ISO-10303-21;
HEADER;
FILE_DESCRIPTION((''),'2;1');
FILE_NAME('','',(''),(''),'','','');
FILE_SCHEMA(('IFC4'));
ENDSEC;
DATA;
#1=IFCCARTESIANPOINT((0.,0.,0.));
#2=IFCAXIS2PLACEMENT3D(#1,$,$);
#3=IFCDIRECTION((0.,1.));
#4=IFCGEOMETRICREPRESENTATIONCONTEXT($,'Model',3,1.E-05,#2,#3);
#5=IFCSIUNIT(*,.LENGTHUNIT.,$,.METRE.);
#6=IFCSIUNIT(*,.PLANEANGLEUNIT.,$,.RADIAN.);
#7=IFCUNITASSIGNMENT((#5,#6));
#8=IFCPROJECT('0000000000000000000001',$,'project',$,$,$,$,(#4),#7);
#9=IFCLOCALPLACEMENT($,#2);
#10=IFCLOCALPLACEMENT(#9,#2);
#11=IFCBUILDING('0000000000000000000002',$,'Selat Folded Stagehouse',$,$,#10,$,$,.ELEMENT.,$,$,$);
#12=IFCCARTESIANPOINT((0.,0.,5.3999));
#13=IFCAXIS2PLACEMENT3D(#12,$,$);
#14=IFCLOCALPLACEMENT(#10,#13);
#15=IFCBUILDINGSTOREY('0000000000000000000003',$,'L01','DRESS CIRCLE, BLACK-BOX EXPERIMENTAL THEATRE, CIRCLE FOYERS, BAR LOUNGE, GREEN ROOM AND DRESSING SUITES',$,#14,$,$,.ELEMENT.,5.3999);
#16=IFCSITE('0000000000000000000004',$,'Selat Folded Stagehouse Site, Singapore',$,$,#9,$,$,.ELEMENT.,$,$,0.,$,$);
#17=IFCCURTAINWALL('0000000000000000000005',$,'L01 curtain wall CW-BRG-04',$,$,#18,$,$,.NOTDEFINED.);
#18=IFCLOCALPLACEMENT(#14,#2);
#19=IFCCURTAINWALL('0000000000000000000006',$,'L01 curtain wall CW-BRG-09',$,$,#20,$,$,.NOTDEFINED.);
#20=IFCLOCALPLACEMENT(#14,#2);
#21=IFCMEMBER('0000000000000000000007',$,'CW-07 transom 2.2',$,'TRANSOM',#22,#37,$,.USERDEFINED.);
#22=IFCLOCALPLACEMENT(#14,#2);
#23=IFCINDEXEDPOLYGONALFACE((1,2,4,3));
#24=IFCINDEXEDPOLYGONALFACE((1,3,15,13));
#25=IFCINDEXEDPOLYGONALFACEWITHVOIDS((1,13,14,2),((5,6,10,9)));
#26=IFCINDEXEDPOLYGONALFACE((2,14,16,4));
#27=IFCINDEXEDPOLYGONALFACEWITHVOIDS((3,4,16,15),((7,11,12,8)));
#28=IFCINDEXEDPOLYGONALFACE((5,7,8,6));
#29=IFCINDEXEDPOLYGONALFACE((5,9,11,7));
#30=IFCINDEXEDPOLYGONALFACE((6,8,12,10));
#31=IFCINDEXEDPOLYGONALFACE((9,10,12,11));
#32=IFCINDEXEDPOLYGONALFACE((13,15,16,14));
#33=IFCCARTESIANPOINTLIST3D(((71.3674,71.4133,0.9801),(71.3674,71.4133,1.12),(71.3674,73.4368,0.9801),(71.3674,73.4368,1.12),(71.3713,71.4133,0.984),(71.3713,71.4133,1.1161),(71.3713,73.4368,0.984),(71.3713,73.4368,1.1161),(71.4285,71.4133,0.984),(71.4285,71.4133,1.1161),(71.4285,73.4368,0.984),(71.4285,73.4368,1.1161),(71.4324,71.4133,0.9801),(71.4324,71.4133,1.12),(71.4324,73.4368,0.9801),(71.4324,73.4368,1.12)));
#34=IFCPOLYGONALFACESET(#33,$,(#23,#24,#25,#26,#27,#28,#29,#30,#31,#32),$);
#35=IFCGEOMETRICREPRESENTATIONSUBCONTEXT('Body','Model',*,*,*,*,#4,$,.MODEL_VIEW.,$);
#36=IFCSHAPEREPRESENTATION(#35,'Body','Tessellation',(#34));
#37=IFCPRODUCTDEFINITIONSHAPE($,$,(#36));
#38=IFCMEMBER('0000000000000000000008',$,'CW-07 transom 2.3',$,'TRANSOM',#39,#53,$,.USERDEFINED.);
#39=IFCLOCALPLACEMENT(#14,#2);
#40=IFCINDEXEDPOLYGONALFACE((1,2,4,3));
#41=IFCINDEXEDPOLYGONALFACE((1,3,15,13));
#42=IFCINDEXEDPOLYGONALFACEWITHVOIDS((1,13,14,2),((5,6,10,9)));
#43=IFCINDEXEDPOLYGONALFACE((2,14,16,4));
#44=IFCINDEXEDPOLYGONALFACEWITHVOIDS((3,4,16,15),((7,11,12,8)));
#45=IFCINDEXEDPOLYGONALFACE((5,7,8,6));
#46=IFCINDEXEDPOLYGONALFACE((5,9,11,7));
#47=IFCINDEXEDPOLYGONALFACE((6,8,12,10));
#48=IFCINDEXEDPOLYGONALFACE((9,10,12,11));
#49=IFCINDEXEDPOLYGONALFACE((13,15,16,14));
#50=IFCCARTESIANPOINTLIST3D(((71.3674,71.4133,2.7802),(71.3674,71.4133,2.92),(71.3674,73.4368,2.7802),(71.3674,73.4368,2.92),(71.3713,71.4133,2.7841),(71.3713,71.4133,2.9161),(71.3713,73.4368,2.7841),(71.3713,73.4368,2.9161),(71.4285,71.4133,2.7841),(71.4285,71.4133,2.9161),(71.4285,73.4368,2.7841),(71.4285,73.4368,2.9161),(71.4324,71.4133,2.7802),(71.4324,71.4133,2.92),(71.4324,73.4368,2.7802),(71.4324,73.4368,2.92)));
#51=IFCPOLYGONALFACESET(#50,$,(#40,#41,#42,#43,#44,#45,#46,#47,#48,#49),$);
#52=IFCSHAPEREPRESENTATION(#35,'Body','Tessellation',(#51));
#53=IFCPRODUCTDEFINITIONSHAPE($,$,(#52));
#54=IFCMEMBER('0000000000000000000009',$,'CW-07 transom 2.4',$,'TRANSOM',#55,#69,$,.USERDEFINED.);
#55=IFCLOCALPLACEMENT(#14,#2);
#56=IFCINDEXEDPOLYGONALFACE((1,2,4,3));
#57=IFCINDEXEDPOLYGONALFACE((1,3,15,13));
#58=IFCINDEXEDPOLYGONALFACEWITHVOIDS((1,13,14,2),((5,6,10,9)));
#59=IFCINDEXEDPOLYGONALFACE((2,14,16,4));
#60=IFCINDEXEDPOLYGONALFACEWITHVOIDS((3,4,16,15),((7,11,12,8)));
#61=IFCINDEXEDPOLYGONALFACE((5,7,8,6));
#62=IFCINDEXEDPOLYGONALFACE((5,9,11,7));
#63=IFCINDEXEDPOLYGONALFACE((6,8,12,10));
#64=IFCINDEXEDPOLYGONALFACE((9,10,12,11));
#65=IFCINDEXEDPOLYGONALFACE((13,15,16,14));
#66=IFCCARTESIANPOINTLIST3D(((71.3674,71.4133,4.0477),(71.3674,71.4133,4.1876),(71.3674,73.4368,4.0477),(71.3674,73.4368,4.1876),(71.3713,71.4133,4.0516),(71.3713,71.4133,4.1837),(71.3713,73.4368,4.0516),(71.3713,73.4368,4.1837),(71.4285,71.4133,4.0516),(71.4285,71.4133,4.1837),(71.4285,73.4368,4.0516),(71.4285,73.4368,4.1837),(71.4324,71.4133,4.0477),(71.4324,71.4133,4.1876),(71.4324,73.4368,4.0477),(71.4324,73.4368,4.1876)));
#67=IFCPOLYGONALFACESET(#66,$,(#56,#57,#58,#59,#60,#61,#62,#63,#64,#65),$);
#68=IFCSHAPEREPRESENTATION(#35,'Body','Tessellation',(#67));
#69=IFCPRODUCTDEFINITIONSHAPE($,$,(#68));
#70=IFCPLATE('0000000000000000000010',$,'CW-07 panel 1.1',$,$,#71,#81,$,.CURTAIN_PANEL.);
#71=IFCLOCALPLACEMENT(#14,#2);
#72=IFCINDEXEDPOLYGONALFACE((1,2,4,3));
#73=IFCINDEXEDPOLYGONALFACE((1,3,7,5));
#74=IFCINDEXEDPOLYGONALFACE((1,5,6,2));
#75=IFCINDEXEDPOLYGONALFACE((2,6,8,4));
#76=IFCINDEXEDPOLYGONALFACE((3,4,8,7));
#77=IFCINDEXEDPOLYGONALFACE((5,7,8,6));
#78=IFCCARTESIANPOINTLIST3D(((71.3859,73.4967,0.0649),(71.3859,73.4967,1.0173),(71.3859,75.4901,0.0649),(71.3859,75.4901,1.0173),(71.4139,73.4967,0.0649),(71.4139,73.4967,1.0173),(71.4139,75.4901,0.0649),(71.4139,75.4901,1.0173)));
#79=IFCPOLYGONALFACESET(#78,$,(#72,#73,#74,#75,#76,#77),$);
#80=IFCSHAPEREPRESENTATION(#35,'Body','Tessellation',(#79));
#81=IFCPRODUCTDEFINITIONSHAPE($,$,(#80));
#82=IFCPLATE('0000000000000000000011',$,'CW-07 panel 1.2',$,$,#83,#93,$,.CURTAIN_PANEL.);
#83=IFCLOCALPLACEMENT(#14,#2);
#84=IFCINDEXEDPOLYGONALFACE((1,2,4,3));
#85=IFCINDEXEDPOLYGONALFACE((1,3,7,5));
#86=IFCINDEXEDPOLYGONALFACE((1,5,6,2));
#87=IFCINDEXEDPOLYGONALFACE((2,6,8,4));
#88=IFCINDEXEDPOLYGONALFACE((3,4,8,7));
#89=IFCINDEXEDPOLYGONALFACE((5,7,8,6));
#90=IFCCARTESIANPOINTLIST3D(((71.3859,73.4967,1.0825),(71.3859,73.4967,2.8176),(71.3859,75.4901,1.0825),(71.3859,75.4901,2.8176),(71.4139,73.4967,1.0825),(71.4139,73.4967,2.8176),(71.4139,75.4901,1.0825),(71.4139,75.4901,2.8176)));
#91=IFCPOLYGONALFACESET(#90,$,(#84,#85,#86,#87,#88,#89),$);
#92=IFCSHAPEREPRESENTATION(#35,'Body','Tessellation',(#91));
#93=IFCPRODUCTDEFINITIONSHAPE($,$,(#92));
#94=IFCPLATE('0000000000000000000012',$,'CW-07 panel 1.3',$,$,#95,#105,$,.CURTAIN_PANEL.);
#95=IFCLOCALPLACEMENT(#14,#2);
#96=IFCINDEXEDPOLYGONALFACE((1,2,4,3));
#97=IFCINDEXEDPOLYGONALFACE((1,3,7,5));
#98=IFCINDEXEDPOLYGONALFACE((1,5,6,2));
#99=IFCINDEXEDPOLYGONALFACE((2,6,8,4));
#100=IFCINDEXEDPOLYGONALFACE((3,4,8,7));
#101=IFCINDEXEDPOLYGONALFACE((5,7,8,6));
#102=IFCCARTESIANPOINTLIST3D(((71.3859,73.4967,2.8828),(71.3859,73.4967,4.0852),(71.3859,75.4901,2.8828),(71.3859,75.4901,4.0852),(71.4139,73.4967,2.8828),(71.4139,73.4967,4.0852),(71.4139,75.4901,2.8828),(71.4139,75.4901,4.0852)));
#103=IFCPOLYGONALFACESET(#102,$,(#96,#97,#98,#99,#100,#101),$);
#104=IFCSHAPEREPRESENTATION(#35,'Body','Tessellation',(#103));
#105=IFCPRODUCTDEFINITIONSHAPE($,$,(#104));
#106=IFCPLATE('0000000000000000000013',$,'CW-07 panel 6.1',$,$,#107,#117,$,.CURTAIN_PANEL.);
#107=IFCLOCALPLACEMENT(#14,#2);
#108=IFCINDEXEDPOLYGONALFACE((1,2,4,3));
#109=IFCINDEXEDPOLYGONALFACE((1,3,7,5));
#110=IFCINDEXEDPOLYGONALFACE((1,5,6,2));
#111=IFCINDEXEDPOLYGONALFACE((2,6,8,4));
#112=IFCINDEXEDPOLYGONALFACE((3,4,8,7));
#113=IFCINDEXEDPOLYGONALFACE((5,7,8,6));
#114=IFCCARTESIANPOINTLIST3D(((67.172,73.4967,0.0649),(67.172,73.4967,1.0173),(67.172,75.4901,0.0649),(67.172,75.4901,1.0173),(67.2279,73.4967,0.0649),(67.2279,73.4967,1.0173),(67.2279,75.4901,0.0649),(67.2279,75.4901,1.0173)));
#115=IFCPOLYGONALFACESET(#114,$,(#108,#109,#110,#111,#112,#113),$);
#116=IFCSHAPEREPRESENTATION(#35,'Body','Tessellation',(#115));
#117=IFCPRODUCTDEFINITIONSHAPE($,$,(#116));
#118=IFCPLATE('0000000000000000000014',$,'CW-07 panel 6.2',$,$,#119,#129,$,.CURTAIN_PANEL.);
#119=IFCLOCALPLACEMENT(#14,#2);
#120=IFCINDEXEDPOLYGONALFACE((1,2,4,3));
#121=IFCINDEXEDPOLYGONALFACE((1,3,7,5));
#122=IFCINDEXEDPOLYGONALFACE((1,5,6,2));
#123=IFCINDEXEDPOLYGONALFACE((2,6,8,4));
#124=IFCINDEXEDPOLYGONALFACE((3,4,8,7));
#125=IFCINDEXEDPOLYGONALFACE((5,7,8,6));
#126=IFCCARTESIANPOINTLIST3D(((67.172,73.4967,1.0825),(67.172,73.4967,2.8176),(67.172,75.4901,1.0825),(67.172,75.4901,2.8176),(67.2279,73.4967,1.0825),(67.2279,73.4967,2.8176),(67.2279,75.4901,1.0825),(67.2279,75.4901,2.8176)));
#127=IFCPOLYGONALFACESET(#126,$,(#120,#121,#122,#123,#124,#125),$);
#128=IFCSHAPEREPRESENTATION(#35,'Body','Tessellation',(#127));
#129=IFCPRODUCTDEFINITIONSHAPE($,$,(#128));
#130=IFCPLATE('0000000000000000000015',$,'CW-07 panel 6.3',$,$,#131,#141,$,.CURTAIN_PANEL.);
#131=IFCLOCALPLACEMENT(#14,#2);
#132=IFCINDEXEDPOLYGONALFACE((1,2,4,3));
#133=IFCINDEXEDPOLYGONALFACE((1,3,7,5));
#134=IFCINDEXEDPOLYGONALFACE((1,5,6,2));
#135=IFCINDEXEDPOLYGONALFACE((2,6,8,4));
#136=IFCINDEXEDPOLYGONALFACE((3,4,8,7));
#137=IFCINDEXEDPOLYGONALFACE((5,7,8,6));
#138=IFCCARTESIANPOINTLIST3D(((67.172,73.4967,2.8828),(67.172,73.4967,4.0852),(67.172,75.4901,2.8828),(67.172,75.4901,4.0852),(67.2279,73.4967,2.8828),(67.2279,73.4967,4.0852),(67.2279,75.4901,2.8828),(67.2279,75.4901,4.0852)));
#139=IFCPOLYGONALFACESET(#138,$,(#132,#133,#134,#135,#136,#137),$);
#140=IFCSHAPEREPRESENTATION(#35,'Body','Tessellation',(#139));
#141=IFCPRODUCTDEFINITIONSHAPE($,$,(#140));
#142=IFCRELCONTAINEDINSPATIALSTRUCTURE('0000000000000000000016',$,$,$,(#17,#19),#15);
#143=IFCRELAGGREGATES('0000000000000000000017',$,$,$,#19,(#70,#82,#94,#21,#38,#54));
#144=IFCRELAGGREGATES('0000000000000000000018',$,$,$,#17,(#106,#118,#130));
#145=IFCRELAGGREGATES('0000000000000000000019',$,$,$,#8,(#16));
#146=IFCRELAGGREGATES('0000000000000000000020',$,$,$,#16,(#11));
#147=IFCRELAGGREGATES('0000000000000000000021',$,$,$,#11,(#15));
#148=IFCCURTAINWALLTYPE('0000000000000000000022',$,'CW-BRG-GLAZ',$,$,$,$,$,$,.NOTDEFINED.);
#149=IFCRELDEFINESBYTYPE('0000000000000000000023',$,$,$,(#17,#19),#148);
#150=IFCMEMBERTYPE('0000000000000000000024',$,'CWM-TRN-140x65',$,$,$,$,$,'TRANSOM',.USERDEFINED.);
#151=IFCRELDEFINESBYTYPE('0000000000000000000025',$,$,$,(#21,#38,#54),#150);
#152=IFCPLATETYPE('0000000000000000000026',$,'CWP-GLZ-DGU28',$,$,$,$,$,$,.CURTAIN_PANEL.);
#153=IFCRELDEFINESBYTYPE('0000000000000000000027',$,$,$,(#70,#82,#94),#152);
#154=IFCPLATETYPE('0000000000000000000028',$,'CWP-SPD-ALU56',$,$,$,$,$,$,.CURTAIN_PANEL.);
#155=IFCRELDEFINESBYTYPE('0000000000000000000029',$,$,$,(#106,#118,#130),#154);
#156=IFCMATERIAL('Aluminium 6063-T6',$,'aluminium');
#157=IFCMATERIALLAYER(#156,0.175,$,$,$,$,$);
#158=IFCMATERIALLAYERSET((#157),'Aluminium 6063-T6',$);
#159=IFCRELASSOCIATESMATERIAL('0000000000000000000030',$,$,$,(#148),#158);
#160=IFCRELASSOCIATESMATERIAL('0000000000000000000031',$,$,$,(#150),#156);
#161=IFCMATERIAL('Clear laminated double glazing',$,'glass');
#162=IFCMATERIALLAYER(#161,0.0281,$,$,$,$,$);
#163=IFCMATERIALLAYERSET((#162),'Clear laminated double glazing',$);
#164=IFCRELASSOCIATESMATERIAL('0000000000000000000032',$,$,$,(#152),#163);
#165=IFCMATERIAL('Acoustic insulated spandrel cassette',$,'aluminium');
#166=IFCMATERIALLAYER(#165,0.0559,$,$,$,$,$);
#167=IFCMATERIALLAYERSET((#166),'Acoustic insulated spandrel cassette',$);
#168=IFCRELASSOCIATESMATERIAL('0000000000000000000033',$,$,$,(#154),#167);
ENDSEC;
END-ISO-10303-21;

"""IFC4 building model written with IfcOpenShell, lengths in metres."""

from ifc_helpers import new_model, si_unit, direction, frame, origin, origin_2d, place, context, subcontext, project, spatial, rectangle, hollow_rectangle, extrude, material, layer, layer_set, material_profile, profile_set, type_object, element, aggregate, save


model = new_model("IFC4")

# Units and contexts
model_context = context("Model", 3, precision=1e-05, world=origin(), true_north=direction((0.0, 1.0)))
body_context = subcontext(model_context, "Body", "Model", "MODEL_VIEW")
ifc_project = project(units=[si_unit("LENGTHUNIT", "METRE"), si_unit("PLANEANGLEUNIT", "RADIAN")], contexts=[model_context])

# Site, building, storey
site_placement = place(None, origin())
site = spatial("IfcSite", under=ifc_project, at=site_placement, Name="Selat Folded Stagehouse Site, Singapore", CompositionType="ELEMENT", RefElevation=0.0)
building_placement = place(site_placement, origin())
building = spatial("IfcBuilding", under=site, at=building_placement, Name="Selat Folded Stagehouse", CompositionType="ELEMENT")
storey_placement = place(building_placement, frame((0.0, 0.0, 5.3999)))
storey = spatial("IfcBuildingStorey", under=building, at=storey_placement, Name="L01", Description="DRESS CIRCLE, BLACK-BOX EXPERIMENTAL THEATRE, CIRCLE FOYERS, BAR LOUNGE, GREEN ROOM AND DRESSING SUITES", CompositionType="ELEMENT", Elevation=5.3999)

# Curtain walls
ifc_material_1 = material(Name="Aluminium 6063-T6", Category="aluminium")
ifc_layer_1 = layer(ifc_material_1, 0.175)
ifc_layer_set_1 = layer_set([ifc_layer_1], Name="Aluminium 6063-T6")
curtain_wall_type = type_object("IfcCurtainWallType", Name="CW-BRG-GLAZ", PredefinedType="NOTDEFINED", material=ifc_layer_set_1)
curtain_wall_1_placement = place(storey_placement, origin())
curtain_wall_1 = element("IfcCurtainWall", 1, at=curtain_wall_1_placement, inside=storey, type_object=curtain_wall_type, Name="L01 curtain wall CW-BRG-04", PredefinedType="NOTDEFINED")
curtain_wall_2_placement = place(storey_placement, origin())
curtain_wall_2 = element("IfcCurtainWall", 2, at=curtain_wall_2_placement, inside=storey, type_object=curtain_wall_type, Name="L01 curtain wall CW-BRG-09", PredefinedType="NOTDEFINED")

# Members
ifc_material_profile_1 = material_profile(ifc_material_1, hollow_rectangle(XDim=0.0649, YDim=0.1399, WallThickness=0.0039, at=origin_2d()), Name="ALU 140x65x4.0")
ifc_profile_set_1 = profile_set([ifc_material_profile_1], Name="Aluminium 6063-T6")
member_type_1 = type_object("IfcMemberType", Name="CWM-TRN-140x65", ElementType="TRANSOM", PredefinedType="USERDEFINED", material=ifc_profile_set_1)
member_1_placement = place(storey_placement, frame((71.3999, 73.4368, 1.05), z_axis=(0.0, -1.0, 0.0), x_axis=(1.0, 0.0, 0.0)))
member_1 = element("IfcMember", 3, at=member_1_placement, type_object=member_type_1, Name="CW-07 transom 2.2", ObjectType="TRANSOM", PredefinedType="USERDEFINED", context=body_context, shape_type="SweptSolid", body=[
    extrude(hollow_rectangle(XDim=0.0649, YDim=0.1399, WallThickness=0.0039, at=origin_2d()), origin(), (0.0, 0.0, 1.0), 2.0234),
])
member_2_placement = place(storey_placement, frame((71.3999, 73.4368, 2.8501), z_axis=(0.0, -1.0, 0.0), x_axis=(1.0, 0.0, 0.0)))
member_2 = element("IfcMember", 4, at=member_2_placement, type_object=member_type_1, Name="CW-07 transom 2.3", ObjectType="TRANSOM", PredefinedType="USERDEFINED", context=body_context, shape_type="SweptSolid", body=[
    extrude(hollow_rectangle(XDim=0.0649, YDim=0.1399, WallThickness=0.0039, at=origin_2d()), origin(), (0.0, 0.0, 1.0), 2.0234),
])
member_3_placement = place(storey_placement, frame((71.3999, 73.4368, 4.1177), z_axis=(0.0, -1.0, 0.0), x_axis=(1.0, 0.0, 0.0)))
member_3 = element("IfcMember", 5, at=member_3_placement, type_object=member_type_1, Name="CW-07 transom 2.4", ObjectType="TRANSOM", PredefinedType="USERDEFINED", context=body_context, shape_type="SweptSolid", body=[
    extrude(hollow_rectangle(XDim=0.0649, YDim=0.1399, WallThickness=0.0039, at=origin_2d()), origin(), (0.0, 0.0, 1.0), 2.0234),
])

# Plates
ifc_material_2 = material(Name="Clear laminated double glazing", Category="glass")
ifc_layer_2 = layer(ifc_material_2, 0.0281)
ifc_layer_set_2 = layer_set([ifc_layer_2], Name="Clear laminated double glazing")
plate_type_1 = type_object("IfcPlateType", Name="CWP-GLZ-DGU28", PredefinedType="CURTAIN_PANEL", material=ifc_layer_set_2)
plate_1_placement = place(storey_placement, frame((71.3999, 74.4934, 0.0649), z_axis=(0.0, 0.0, 1.0), x_axis=(0.0, -1.0, 0.0)))
plate_1 = element("IfcPlate", 6, at=plate_1_placement, type_object=plate_type_1, Name="CW-07 panel 1.1", PredefinedType="CURTAIN_PANEL", context=body_context, shape_type="SweptSolid", body=[
    extrude(rectangle(XDim=1.9934, YDim=0.0281, at=origin_2d()), origin(), (0.0, 0.0, 1.0), 0.9524),
])
plate_2_placement = place(storey_placement, frame((71.3999, 74.4934, 1.0825), z_axis=(0.0, 0.0, 1.0), x_axis=(0.0, -1.0, 0.0)))
plate_2 = element("IfcPlate", 7, at=plate_2_placement, type_object=plate_type_1, Name="CW-07 panel 1.2", PredefinedType="CURTAIN_PANEL", context=body_context, shape_type="SweptSolid", body=[
    extrude(rectangle(XDim=1.9934, YDim=0.0281, at=origin_2d()), origin(), (0.0, 0.0, 1.0), 1.7351),
])
plate_3_placement = place(storey_placement, frame((71.3999, 74.4934, 2.8828), z_axis=(0.0, 0.0, 1.0), x_axis=(0.0, -1.0, 0.0)))
plate_3 = element("IfcPlate", 8, at=plate_3_placement, type_object=plate_type_1, Name="CW-07 panel 1.3", PredefinedType="CURTAIN_PANEL", context=body_context, shape_type="SweptSolid", body=[
    extrude(rectangle(XDim=1.9934, YDim=0.0281, at=origin_2d()), origin(), (0.0, 0.0, 1.0), 1.2024),
])
aggregate(curtain_wall_2, [plate_1, plate_2, plate_3, member_1, member_2, member_3])
ifc_material_3 = material(Name="Acoustic insulated spandrel cassette", Category="aluminium")
ifc_layer_3 = layer(ifc_material_3, 0.0559)
ifc_layer_set_3 = layer_set([ifc_layer_3], Name="Acoustic insulated spandrel cassette")
plate_type_2 = type_object("IfcPlateType", Name="CWP-SPD-ALU56", PredefinedType="CURTAIN_PANEL", material=ifc_layer_set_3)
plate_4_placement = place(storey_placement, frame((67.2, 74.4934, 0.0649), z_axis=(0.0, 0.0, 1.0), x_axis=(0.0, 1.0, 0.0)))
plate_4 = element("IfcPlate", 9, at=plate_4_placement, type_object=plate_type_2, Name="CW-07 panel 6.1", PredefinedType="CURTAIN_PANEL", context=body_context, shape_type="SweptSolid", body=[
    extrude(rectangle(XDim=1.9934, YDim=0.0559, at=origin_2d()), origin(), (0.0, 0.0, 1.0), 0.9524),
])
plate_5_placement = place(storey_placement, frame((67.2, 74.4934, 1.0825), z_axis=(0.0, 0.0, 1.0), x_axis=(0.0, 1.0, 0.0)))
plate_5 = element("IfcPlate", 10, at=plate_5_placement, type_object=plate_type_2, Name="CW-07 panel 6.2", PredefinedType="CURTAIN_PANEL", context=body_context, shape_type="SweptSolid", body=[
    extrude(rectangle(XDim=1.9934, YDim=0.0559, at=origin_2d()), origin(), (0.0, 0.0, 1.0), 1.7351),
])
plate_6_placement = place(storey_placement, frame((67.2, 74.4934, 2.8828), z_axis=(0.0, 0.0, 1.0), x_axis=(0.0, 1.0, 0.0)))
plate_6 = element("IfcPlate", 11, at=plate_6_placement, type_object=plate_type_2, Name="CW-07 panel 6.3", PredefinedType="CURTAIN_PANEL", context=body_context, shape_type="SweptSolid", body=[
    extrude(rectangle(XDim=1.9934, YDim=0.0559, at=origin_2d()), origin(), (0.0, 0.0, 1.0), 1.2024),
])
aggregate(curtain_wall_1, [plate_4, plate_5, plate_6])

save(model, "model.ifc")
